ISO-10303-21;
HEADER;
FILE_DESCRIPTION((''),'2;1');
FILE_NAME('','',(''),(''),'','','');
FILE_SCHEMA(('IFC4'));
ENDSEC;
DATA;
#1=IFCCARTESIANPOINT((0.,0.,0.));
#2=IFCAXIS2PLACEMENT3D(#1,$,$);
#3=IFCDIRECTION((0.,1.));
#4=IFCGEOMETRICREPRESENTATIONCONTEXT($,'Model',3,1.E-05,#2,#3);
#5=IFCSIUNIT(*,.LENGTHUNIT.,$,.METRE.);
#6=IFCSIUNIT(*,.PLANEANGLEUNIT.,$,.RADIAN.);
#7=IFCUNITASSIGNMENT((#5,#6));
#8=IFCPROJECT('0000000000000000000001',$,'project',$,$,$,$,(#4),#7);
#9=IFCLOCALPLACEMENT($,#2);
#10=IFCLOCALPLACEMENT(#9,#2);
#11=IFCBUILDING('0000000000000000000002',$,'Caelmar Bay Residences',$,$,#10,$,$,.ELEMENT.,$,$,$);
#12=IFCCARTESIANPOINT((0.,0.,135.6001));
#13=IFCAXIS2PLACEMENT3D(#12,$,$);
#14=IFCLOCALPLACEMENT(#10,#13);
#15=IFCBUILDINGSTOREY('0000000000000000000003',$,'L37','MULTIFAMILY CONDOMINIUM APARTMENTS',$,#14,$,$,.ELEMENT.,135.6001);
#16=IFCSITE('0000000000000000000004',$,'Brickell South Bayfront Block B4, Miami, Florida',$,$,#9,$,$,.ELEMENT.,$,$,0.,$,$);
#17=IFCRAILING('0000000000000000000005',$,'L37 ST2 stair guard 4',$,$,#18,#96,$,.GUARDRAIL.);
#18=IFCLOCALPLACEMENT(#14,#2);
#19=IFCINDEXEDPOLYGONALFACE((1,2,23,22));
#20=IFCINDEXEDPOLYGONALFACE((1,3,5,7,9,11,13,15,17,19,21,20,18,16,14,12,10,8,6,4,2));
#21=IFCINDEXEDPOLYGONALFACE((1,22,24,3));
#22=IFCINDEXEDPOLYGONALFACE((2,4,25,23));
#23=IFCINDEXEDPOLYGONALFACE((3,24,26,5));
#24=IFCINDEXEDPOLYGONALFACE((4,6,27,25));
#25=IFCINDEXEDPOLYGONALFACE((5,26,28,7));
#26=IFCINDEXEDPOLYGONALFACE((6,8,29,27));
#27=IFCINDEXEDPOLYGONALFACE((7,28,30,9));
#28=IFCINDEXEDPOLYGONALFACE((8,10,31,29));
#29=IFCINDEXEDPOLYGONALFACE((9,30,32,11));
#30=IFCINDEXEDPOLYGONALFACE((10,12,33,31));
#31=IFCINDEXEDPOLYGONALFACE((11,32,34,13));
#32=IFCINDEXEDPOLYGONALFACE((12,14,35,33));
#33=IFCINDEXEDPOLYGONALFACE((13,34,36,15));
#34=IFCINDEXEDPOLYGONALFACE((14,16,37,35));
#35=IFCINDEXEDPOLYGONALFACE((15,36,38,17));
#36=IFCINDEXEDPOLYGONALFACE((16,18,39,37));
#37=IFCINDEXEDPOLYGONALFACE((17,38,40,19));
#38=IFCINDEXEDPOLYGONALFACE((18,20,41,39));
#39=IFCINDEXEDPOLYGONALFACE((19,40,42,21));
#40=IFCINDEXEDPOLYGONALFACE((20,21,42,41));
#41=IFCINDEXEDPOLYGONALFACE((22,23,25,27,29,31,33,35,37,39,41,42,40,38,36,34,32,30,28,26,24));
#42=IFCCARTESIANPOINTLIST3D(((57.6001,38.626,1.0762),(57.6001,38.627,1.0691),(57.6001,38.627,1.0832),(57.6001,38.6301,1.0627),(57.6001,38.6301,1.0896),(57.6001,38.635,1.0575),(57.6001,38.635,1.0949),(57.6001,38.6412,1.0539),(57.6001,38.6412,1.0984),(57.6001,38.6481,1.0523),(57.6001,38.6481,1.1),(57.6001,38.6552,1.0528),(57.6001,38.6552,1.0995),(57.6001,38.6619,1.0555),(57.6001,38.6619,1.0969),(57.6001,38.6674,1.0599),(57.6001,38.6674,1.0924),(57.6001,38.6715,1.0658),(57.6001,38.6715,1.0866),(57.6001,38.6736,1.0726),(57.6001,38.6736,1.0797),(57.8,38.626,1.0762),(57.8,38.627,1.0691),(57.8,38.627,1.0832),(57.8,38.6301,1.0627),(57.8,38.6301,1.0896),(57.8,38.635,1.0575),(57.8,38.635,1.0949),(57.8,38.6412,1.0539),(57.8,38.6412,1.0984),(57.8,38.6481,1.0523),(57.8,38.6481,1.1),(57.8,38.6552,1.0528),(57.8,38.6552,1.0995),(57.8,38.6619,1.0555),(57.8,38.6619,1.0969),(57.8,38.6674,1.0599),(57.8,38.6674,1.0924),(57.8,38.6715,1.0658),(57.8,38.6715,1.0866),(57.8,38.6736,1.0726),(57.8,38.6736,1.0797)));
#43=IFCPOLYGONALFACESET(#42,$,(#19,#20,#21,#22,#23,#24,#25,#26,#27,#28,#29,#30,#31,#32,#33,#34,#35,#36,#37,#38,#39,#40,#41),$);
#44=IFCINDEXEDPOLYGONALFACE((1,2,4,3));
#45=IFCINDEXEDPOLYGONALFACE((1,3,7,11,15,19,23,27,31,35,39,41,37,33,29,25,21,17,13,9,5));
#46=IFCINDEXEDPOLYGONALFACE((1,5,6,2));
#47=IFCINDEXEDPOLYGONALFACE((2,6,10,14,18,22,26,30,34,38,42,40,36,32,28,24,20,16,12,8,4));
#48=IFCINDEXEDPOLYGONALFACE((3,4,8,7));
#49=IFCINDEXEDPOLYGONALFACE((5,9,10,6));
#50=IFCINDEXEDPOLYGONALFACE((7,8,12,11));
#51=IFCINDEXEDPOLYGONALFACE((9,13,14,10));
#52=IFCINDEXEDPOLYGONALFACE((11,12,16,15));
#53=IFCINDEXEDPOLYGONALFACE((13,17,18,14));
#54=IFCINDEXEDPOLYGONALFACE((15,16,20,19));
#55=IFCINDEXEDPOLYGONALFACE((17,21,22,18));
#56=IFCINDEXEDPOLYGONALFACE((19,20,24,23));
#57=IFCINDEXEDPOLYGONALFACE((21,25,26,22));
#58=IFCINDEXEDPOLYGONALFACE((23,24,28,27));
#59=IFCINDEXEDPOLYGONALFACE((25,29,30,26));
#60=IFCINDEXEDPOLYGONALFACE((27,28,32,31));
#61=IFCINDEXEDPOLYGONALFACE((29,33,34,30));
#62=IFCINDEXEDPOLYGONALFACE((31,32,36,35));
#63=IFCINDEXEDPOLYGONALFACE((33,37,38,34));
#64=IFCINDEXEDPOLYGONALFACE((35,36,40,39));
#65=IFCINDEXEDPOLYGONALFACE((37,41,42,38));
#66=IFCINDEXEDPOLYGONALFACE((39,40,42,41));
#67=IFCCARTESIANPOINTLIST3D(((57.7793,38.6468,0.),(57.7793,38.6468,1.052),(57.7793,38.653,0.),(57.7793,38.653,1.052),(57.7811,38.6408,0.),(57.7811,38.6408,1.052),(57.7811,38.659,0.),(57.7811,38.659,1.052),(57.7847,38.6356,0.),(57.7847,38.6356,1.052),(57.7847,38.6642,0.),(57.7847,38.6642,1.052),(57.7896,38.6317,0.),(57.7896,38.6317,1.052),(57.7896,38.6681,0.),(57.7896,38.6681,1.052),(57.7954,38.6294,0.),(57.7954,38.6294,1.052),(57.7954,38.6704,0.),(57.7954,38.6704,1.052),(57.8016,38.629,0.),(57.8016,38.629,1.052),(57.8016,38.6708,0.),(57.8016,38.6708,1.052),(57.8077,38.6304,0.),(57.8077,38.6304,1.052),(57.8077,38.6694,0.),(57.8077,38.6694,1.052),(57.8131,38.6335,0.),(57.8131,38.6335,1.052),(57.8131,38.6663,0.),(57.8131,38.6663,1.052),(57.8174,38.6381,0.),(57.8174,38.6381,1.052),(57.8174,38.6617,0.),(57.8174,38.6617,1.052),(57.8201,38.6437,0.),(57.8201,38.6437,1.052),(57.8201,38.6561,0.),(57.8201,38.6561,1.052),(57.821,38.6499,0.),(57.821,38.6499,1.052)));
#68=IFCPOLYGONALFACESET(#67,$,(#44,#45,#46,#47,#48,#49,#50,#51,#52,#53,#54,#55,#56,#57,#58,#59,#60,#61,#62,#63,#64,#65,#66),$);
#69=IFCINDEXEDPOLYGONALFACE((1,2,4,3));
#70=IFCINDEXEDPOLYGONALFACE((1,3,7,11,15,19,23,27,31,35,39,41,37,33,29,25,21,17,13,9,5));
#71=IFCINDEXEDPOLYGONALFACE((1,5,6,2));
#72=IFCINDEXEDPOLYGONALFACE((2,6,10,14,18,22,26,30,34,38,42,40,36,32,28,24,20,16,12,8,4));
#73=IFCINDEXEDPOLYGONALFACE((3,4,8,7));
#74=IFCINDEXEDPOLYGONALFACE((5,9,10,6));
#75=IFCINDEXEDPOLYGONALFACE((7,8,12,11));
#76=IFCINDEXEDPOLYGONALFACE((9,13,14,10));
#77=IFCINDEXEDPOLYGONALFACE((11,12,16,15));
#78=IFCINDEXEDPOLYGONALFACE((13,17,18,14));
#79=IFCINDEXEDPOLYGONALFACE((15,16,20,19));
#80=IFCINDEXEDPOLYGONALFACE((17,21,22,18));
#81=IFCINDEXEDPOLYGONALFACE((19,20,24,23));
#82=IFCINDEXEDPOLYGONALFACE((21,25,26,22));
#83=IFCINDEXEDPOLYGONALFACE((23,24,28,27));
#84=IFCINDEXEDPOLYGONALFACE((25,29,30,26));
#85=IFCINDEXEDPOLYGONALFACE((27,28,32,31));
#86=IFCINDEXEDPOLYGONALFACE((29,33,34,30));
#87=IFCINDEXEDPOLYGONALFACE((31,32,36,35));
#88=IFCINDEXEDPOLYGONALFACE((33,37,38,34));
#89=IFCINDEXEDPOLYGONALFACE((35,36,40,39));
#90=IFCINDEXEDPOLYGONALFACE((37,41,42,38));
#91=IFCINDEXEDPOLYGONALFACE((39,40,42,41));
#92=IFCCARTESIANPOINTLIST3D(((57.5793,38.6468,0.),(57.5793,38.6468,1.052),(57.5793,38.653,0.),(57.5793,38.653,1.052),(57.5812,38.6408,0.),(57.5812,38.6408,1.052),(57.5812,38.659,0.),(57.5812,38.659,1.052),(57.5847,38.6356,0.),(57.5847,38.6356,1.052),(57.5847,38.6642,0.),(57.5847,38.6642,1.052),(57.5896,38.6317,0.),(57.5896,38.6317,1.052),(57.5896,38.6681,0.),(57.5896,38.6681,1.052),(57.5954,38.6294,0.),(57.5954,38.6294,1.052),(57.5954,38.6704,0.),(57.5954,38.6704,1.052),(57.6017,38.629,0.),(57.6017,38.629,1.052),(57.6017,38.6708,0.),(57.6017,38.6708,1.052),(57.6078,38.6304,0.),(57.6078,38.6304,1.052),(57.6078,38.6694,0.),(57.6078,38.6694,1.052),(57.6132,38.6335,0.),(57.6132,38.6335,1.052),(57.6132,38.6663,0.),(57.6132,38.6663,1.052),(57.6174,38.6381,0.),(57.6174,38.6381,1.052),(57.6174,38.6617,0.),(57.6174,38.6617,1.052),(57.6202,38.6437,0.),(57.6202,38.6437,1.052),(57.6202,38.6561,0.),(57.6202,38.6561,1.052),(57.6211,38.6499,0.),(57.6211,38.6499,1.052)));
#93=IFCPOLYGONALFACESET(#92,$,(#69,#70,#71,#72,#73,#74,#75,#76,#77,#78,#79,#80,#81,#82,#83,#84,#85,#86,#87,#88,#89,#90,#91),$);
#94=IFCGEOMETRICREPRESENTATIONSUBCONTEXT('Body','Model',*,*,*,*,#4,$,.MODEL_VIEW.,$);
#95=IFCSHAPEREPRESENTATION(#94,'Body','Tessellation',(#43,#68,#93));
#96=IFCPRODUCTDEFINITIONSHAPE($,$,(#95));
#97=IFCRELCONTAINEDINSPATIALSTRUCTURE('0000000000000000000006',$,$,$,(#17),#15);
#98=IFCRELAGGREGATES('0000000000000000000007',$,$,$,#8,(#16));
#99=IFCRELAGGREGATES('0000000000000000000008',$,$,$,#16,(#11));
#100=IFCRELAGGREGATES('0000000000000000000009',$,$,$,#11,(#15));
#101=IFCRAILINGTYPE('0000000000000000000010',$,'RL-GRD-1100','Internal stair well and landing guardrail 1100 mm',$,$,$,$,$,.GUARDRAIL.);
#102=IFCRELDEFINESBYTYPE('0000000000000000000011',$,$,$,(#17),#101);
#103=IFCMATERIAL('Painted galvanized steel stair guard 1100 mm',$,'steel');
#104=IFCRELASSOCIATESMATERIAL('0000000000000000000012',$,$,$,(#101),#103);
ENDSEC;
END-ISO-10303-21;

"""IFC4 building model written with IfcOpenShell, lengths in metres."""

from ifc_helpers import new_model, si_unit, direction, frame, origin, origin_2d, place, context, subcontext, project, spatial, circle, extrude, material, type_object, element, save


model = new_model("IFC4")

# Units and contexts
model_context = context("Model", 3, precision=1e-05, world=origin(), true_north=direction((0.0, 1.0)))
body_context = subcontext(model_context, "Body", "Model", "MODEL_VIEW")
ifc_project = project(units=[si_unit("LENGTHUNIT", "METRE"), si_unit("PLANEANGLEUNIT", "RADIAN")], contexts=[model_context])

# Site, building, storey
site_placement = place(None, origin())
site = spatial("IfcSite", under=ifc_project, at=site_placement, Name="Brickell South Bayfront Block B4, Miami, Florida", CompositionType="ELEMENT", RefElevation=0.0)
building_placement = place(site_placement, origin())
building = spatial("IfcBuilding", under=site, at=building_placement, Name="Caelmar Bay Residences", CompositionType="ELEMENT")
storey_placement = place(building_placement, frame((0.0, 0.0, 135.6001)))
storey = spatial("IfcBuildingStorey", under=building, at=storey_placement, Name="L37", Description="MULTIFAMILY CONDOMINIUM APARTMENTS", CompositionType="ELEMENT", Elevation=135.6001)

# Railing
ifc_material_1 = material(Name="Painted galvanized steel stair guard 1100 mm", Category="steel")
railing_type_1 = type_object("IfcRailingType", Name="RL-GRD-1100", Description="Internal stair well and landing guardrail 1100 mm", PredefinedType="GUARDRAIL", material=ifc_material_1)
railing_1_placement = place(storey_placement, frame((57.8, 38.6499, 0.0)))
element("IfcRailing", 1, at=railing_1_placement, inside=storey, type_object=railing_type_1, Name="L37 ST2 stair guard 4", PredefinedType="GUARDRAIL", context=body_context, shape_type="SweptSolid", body=[
    extrude(circle(Radius=0.0239, at=origin_2d()), frame((0.0, 0.0, 1.0762), z_axis=(-1.0, 0.0, 0.0), x_axis=(0.0, -1.0, 0.0)), (0.0, 0.0, 1.0), 0.2),
    extrude(circle(Radius=0.021, at=origin_2d()), origin(), (0.0, 0.0, 1.0), 1.052),
    extrude(circle(Radius=0.021, at=origin_2d()), frame((-0.2, 0.0, 0.0)), (0.0, 0.0, 1.0), 1.052),
])

save(model, "model.ifc")
